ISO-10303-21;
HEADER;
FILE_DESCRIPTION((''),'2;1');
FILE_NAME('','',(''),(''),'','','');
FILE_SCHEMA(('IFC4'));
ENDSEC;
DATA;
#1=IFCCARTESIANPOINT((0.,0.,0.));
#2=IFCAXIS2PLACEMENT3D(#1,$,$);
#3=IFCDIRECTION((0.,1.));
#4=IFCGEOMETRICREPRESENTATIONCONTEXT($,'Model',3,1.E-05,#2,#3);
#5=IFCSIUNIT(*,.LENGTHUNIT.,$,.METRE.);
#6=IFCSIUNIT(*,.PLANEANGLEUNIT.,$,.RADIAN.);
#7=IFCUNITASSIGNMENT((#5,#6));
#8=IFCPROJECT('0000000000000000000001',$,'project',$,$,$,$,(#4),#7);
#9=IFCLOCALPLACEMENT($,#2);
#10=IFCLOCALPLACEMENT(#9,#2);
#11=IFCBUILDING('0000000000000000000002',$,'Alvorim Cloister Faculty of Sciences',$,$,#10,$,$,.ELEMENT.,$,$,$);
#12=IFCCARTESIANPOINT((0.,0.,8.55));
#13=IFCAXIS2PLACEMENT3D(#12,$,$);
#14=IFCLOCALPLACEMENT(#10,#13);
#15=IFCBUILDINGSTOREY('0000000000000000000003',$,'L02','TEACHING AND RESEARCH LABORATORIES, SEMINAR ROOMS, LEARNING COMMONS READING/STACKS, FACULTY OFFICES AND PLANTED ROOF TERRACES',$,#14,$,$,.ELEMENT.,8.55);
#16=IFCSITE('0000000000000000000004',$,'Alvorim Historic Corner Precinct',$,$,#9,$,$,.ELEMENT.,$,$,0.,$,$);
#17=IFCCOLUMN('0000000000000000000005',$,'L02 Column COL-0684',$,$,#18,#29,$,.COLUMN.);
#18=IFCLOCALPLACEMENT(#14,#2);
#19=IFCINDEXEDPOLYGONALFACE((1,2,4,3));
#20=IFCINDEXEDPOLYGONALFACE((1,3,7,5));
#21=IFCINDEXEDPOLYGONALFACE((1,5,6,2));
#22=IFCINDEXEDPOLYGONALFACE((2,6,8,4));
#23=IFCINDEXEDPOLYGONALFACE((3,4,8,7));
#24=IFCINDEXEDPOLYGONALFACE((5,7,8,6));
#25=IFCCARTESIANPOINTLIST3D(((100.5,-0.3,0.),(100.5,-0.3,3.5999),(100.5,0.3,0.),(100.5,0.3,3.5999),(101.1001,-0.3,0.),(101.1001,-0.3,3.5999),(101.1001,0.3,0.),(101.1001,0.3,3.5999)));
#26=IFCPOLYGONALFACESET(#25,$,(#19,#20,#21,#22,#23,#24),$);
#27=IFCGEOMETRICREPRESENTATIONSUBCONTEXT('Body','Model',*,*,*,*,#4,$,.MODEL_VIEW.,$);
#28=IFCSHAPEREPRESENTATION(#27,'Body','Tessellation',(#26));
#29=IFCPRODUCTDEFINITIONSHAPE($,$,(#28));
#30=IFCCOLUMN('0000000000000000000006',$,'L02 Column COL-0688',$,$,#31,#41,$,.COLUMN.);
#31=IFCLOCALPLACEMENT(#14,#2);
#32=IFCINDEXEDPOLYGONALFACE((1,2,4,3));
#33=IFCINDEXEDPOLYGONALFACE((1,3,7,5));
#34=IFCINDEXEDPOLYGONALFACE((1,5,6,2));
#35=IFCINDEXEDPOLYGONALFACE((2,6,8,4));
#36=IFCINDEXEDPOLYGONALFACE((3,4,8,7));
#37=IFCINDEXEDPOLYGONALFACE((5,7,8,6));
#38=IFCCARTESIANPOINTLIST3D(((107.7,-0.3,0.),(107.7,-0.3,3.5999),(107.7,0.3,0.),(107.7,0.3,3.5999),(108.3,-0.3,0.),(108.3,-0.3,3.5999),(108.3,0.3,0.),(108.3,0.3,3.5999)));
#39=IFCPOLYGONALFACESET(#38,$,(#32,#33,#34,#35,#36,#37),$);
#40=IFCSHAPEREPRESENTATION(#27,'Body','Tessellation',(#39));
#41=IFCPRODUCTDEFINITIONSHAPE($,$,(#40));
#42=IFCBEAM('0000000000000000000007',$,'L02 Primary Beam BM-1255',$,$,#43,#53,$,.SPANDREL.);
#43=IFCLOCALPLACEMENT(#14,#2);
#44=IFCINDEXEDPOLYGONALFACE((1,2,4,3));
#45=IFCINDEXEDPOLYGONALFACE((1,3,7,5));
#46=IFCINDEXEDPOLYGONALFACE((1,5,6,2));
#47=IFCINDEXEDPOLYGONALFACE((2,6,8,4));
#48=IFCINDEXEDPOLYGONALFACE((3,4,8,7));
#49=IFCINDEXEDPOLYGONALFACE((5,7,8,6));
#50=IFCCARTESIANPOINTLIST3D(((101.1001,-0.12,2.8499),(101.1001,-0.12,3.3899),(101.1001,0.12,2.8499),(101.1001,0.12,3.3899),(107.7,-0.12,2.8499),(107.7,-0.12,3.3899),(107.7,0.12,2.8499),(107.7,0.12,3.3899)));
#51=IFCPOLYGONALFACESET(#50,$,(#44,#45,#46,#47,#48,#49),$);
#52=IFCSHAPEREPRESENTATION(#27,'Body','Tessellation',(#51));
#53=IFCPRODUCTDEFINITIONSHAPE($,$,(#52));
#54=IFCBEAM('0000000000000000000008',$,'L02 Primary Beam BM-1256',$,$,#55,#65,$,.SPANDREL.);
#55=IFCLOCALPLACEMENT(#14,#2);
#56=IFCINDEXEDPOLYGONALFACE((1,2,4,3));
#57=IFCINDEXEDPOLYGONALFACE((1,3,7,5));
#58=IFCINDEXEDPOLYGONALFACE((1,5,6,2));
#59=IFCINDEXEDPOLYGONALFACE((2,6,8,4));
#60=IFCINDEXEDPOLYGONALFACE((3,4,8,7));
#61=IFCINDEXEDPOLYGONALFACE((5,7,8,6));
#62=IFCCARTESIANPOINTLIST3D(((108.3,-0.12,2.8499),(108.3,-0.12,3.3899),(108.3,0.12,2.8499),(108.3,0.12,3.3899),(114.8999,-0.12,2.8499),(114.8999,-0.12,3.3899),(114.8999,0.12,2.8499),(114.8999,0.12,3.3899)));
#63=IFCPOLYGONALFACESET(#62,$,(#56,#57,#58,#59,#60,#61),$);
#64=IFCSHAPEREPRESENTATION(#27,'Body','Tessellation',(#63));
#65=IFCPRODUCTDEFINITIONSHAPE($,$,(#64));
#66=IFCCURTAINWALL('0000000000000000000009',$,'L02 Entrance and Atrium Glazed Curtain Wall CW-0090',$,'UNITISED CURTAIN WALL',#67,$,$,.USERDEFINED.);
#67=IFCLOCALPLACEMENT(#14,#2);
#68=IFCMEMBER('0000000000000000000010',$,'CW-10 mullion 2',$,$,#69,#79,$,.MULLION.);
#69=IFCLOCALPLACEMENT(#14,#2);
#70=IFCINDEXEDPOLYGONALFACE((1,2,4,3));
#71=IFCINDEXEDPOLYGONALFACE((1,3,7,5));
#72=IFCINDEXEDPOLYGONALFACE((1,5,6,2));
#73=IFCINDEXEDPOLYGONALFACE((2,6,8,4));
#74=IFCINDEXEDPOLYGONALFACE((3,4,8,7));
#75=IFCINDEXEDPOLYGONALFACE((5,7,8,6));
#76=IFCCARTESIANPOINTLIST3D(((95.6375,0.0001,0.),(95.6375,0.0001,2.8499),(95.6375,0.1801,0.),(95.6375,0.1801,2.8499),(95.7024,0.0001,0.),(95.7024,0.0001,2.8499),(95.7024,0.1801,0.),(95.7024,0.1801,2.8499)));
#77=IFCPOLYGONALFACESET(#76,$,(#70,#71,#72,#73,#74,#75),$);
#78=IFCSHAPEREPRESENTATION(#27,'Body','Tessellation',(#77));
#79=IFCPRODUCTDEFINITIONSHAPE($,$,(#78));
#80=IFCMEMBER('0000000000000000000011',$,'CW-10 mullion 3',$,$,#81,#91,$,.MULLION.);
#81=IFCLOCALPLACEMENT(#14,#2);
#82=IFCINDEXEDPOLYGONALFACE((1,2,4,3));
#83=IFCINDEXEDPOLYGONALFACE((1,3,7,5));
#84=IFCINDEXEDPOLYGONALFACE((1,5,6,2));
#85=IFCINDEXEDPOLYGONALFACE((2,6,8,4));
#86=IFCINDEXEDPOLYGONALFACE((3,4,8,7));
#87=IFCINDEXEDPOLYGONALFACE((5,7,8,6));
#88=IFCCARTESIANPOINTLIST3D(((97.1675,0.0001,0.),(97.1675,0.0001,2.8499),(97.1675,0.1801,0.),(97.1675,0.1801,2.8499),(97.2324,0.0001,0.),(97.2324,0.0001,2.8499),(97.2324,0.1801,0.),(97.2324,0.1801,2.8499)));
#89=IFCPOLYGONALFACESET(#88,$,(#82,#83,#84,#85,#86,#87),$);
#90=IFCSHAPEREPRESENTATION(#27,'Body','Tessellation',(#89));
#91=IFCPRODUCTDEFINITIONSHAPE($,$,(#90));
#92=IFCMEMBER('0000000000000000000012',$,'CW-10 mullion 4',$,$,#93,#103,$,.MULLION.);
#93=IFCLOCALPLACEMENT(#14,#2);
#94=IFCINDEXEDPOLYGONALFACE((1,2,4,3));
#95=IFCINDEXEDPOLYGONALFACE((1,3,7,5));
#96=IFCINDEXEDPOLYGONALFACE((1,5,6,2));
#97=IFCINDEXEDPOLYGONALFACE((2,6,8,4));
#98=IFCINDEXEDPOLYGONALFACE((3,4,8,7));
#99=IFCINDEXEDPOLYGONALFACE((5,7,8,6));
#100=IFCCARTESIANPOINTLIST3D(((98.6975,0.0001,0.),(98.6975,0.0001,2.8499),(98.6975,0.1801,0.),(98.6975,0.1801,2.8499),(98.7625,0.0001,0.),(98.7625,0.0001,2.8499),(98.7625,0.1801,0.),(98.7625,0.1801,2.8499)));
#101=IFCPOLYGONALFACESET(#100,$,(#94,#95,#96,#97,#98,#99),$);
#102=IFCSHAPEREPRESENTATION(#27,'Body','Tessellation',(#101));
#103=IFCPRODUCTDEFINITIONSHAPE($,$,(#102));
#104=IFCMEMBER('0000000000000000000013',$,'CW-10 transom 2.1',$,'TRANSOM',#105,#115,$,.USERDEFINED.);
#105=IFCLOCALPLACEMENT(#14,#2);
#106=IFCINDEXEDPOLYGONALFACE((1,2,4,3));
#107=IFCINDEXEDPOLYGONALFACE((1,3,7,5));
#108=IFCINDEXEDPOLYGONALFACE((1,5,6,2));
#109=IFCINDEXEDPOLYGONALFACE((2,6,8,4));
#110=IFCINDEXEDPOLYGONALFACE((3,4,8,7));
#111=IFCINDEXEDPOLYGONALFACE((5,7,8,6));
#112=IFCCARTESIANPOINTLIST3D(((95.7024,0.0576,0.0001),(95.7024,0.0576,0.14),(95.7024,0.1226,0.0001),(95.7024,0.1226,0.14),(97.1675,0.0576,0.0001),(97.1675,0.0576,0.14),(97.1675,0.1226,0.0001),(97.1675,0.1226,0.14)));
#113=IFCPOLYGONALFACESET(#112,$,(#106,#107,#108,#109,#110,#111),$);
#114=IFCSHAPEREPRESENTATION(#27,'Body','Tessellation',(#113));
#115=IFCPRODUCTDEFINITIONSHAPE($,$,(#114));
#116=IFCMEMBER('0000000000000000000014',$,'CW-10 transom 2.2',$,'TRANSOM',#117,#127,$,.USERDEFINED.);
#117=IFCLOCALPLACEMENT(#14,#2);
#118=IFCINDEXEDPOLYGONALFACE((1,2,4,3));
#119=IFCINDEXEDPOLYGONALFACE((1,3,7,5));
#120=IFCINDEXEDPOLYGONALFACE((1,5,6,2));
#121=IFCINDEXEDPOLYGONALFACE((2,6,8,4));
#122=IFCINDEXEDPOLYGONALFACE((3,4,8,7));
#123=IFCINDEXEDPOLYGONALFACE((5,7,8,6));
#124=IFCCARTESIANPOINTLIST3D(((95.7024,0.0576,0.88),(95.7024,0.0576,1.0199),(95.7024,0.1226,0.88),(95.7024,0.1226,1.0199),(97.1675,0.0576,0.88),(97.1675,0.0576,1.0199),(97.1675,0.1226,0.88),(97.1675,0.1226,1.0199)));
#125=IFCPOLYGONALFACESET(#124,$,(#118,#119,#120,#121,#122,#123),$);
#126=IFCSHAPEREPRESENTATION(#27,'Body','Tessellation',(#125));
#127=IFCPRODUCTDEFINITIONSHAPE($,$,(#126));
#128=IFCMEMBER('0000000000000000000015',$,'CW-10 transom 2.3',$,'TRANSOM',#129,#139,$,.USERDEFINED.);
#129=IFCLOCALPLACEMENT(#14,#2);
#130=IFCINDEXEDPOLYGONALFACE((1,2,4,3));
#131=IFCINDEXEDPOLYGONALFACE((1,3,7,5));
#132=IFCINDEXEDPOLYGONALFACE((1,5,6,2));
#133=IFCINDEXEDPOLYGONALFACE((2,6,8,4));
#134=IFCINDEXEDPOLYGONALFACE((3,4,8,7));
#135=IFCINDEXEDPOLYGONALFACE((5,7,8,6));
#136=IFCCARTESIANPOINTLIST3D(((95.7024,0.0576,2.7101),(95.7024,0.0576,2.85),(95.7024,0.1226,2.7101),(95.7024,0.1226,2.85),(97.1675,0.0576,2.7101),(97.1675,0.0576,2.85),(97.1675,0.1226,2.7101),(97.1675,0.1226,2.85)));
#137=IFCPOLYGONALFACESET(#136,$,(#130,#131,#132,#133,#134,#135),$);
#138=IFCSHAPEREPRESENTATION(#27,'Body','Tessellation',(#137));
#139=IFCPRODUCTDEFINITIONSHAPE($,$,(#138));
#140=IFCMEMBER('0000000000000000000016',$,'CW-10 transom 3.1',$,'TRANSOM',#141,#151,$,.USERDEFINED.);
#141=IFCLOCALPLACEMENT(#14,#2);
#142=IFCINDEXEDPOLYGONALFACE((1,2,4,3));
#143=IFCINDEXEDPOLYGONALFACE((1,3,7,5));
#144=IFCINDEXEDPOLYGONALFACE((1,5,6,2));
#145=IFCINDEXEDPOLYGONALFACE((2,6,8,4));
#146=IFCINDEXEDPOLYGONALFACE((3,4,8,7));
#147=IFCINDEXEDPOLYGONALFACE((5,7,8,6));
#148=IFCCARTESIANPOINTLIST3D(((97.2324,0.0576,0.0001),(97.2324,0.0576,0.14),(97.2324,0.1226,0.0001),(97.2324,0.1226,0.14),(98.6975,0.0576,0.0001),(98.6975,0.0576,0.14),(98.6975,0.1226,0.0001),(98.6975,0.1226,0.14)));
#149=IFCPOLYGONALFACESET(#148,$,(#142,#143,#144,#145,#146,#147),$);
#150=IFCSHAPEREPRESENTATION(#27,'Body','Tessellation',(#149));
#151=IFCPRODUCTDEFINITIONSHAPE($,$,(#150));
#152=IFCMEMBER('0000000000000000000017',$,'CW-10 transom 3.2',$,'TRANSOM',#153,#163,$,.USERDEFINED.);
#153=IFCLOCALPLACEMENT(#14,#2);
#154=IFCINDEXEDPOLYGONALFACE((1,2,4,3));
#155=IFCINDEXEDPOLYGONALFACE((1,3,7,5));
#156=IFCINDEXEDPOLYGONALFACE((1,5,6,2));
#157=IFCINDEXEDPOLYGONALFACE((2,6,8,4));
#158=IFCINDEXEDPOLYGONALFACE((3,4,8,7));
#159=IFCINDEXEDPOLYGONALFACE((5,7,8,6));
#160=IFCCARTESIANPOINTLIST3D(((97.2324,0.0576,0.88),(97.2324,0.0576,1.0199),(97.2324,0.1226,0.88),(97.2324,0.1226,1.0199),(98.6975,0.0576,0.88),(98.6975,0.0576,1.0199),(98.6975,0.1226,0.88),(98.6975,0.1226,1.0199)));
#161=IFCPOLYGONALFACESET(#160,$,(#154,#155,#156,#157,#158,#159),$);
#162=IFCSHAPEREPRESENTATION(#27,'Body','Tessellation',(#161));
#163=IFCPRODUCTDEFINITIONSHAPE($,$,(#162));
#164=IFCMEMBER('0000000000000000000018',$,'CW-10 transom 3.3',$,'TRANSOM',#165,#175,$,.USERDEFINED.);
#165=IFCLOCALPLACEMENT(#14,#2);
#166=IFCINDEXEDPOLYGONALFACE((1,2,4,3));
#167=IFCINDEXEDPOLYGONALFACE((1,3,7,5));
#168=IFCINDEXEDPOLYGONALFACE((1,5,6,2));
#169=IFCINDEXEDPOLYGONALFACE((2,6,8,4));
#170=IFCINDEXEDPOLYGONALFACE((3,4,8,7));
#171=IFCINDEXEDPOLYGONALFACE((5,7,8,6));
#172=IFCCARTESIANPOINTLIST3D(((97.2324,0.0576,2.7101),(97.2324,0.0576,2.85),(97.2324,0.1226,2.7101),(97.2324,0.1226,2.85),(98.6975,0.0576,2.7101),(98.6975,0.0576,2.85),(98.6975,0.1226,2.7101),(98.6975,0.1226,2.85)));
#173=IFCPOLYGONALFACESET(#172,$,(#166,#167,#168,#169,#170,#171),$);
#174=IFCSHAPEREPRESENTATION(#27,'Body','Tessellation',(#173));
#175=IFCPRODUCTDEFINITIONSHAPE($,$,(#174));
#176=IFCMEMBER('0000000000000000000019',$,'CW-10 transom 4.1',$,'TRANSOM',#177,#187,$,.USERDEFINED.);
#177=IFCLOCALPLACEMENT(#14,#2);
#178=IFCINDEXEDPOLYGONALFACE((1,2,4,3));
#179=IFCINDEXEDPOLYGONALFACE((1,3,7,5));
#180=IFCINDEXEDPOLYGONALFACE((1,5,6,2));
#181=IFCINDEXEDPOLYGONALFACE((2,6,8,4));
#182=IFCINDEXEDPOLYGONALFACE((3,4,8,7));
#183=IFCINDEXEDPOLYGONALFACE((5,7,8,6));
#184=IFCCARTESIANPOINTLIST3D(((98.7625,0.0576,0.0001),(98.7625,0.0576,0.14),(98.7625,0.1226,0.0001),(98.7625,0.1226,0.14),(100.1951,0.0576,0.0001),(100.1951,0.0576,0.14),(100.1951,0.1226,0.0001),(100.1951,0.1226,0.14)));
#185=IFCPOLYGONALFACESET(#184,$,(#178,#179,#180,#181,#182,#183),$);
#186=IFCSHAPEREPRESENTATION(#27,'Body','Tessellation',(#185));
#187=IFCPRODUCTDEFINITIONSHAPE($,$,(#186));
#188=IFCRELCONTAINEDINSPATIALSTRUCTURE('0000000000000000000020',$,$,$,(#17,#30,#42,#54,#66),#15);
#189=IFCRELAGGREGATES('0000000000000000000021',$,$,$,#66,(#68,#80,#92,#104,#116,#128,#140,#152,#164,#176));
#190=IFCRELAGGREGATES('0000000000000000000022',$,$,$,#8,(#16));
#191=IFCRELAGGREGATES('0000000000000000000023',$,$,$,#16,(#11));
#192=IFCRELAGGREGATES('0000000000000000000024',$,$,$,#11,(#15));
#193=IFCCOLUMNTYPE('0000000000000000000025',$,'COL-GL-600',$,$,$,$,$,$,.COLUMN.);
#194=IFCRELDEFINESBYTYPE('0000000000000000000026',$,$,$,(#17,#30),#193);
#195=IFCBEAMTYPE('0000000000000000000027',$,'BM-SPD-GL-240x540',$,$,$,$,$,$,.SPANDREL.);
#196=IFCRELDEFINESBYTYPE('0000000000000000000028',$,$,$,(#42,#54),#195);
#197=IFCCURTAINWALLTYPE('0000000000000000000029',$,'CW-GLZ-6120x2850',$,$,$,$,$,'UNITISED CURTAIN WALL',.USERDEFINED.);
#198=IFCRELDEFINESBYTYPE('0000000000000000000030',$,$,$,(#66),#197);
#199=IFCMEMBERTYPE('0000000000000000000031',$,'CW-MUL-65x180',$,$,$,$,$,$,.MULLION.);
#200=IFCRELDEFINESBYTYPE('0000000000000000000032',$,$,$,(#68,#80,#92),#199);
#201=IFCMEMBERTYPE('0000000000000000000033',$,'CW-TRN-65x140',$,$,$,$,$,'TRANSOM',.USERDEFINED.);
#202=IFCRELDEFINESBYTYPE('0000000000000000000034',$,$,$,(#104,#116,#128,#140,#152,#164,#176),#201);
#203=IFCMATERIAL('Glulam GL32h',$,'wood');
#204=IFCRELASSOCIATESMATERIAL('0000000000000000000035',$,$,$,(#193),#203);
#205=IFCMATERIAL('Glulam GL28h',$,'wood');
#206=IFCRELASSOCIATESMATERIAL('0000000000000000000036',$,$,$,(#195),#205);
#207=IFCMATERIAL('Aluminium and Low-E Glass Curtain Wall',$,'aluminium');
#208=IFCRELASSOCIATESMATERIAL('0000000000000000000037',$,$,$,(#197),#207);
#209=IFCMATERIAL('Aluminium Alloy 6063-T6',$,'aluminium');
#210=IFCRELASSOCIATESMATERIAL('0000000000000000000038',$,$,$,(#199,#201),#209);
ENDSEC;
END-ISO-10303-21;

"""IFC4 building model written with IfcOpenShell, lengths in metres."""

from ifc_helpers import new_model, si_unit, direction, frame, origin, origin_2d, place, context, subcontext, project, spatial, rectangle, extrude, material, material_profile, profile_set, type_object, element, aggregate, save


model = new_model("IFC4")

# Units and contexts
model_context = context("Model", 3, precision=1e-05, world=origin(), true_north=direction((0.0, 1.0)))
body_context = subcontext(model_context, "Body", "Model", "MODEL_VIEW")
ifc_project = project(units=[si_unit("LENGTHUNIT", "METRE"), si_unit("PLANEANGLEUNIT", "RADIAN")], contexts=[model_context])

# Site, building, storey
site_placement = place(None, origin())
site = spatial("IfcSite", under=ifc_project, at=site_placement, Name="Alvorim Historic Corner Precinct", CompositionType="ELEMENT", RefElevation=0.0)
building_placement = place(site_placement, origin())
building = spatial("IfcBuilding", under=site, at=building_placement, Name="Alvorim Cloister Faculty of Sciences", CompositionType="ELEMENT")
storey_placement = place(building_placement, frame((0.0, 0.0, 8.55)))
storey = spatial("IfcBuildingStorey", under=building, at=storey_placement, Name="L02", Description="TEACHING AND RESEARCH LABORATORIES, SEMINAR ROOMS, LEARNING COMMONS READING/STACKS, FACULTY OFFICES AND PLANTED ROOF TERRACES", CompositionType="ELEMENT", Elevation=8.55)

# Columns
ifc_material_1 = material(Name="Glulam GL32h", Category="wood")
ifc_material_profile_1 = material_profile(ifc_material_1, rectangle(XDim=0.6001, YDim=0.6001, at=origin_2d()), Name="GL32-COL-600x600")
ifc_profile_set_1 = profile_set([ifc_material_profile_1], Name="Glulam GL32h")
column_type = type_object("IfcColumnType", Name="COL-GL-600", PredefinedType="COLUMN", material=ifc_profile_set_1)
for number, where, z_axis, x_axis, name in (
    (1, (100.8, 0.0, 0.0), (0.0, 0.0, 1.0), (1.0, 0.0, 0.0), "L02 Column COL-0684"),
    (2, (108.0, 0.0, 0.0), (0.0, 0.0, 1.0), (1.0, 0.0, 0.0), "L02 Column COL-0688"),
):
    element("IfcColumn", number, at=place(storey_placement, frame(where, z_axis=z_axis, x_axis=x_axis)), inside=storey, type_object=column_type, Name=name, PredefinedType="COLUMN", context=body_context, shape_type="SweptSolid", body=[
        extrude(rectangle(XDim=0.6001, YDim=0.6001, at=origin_2d()), origin(), (0.0, 0.0, 1.0), 3.5999),
    ])

# Beams
ifc_material_2 = material(Name="Glulam GL28h", Category="wood")
ifc_material_profile_2 = material_profile(ifc_material_2, rectangle(XDim=0.24, YDim=0.54, at=origin_2d()), Name="GL28-SPD-240x540")
ifc_profile_set_2 = profile_set([ifc_material_profile_2], Name="Glulam GL28h")
beam_type = type_object("IfcBeamType", Name="BM-SPD-GL-240x540", PredefinedType="SPANDREL", material=ifc_profile_set_2)
for number, where, z_axis, x_axis, name in (
    (3, (101.1001, 0.0, 3.1199), (1.0, 0.0, 0.0), (0.0, 1.0, 0.0), "L02 Primary Beam BM-1255"),
    (4, (108.3, 0.0, 3.1199), (1.0, 0.0, 0.0), (0.0, 1.0, 0.0), "L02 Primary Beam BM-1256"),
):
    element("IfcBeam", number, at=place(storey_placement, frame(where, z_axis=z_axis, x_axis=x_axis)), inside=storey, type_object=beam_type, Name=name, PredefinedType="SPANDREL", context=body_context, shape_type="SweptSolid", body=[
        extrude(rectangle(XDim=0.24, YDim=0.54, at=origin_2d()), origin(), (0.0, 0.0, 1.0), 6.5999),
    ])

# Curtain wall, members
ifc_material_3 = material(Name="Aluminium and Low-E Glass Curtain Wall", Category="aluminium")
curtain_wall_type = type_object("IfcCurtainWallType", Name="CW-GLZ-6120x2850", ElementType="UNITISED CURTAIN WALL", PredefinedType="USERDEFINED", material=ifc_material_3)
curtain_wall_placement = place(storey_placement, origin())
curtain_wall = element("IfcCurtainWall", 5, at=curtain_wall_placement, inside=storey, type_object=curtain_wall_type, Name="L02 Entrance and Atrium Glazed Curtain Wall CW-0090", ObjectType="UNITISED CURTAIN WALL", PredefinedType="USERDEFINED")
ifc_material_4 = material(Name="Aluminium Alloy 6063-T6", Category="aluminium")
ifc_material_profile_3 = material_profile(ifc_material_4, rectangle(XDim=0.0649, YDim=0.1799, at=origin_2d()), Name="ALU-MUL-65x180")
ifc_profile_set_3 = profile_set([ifc_material_profile_3], Name="Aluminium Alloy 6063-T6")
member_type_1 = type_object("IfcMemberType", Name="CW-MUL-65x180", PredefinedType="MULLION", material=ifc_profile_set_3)
member_1_placement = place(storey_placement, frame((95.6699, 0.0901, 0.0), z_axis=(0.0, 0.0, 1.0), x_axis=(1.0, 0.0, 0.0)))
member_1 = element("IfcMember", 6, at=member_1_placement, type_object=member_type_1, Name="CW-10 mullion 2", PredefinedType="MULLION", context=body_context, shape_type="SweptSolid", body=[
    extrude(rectangle(XDim=0.0649, YDim=0.1799, at=origin_2d()), origin(), (0.0, 0.0, 1.0), 2.8499),
])
member_2_placement = place(storey_placement, frame((97.2, 0.0901, 0.0), z_axis=(0.0, 0.0, 1.0), x_axis=(1.0, 0.0, 0.0)))
member_2 = element("IfcMember", 7, at=member_2_placement, type_object=member_type_1, Name="CW-10 mullion 3", PredefinedType="MULLION", context=body_context, shape_type="SweptSolid", body=[
    extrude(rectangle(XDim=0.0649, YDim=0.1799, at=origin_2d()), origin(), (0.0, 0.0, 1.0), 2.8499),
])
member_3_placement = place(storey_placement, frame((98.73, 0.0901, 0.0), z_axis=(0.0, 0.0, 1.0), x_axis=(1.0, 0.0, 0.0)))
member_3 = element("IfcMember", 8, at=member_3_placement, type_object=member_type_1, Name="CW-10 mullion 4", PredefinedType="MULLION", context=body_context, shape_type="SweptSolid", body=[
    extrude(rectangle(XDim=0.0649, YDim=0.1799, at=origin_2d()), origin(), (0.0, 0.0, 1.0), 2.8499),
])
ifc_material_profile_4 = material_profile(ifc_material_4, rectangle(XDim=0.0649, YDim=0.1399, at=origin_2d()), Name="ALU-TRN-65x140")
ifc_profile_set_4 = profile_set([ifc_material_profile_4], Name="Aluminium Alloy 6063-T6")
member_type_2 = type_object("IfcMemberType", Name="CW-TRN-65x140", ElementType="TRANSOM", PredefinedType="USERDEFINED", material=ifc_profile_set_4)
member_4_placement = place(storey_placement, frame((95.7024, 0.0901, 0.0701), z_axis=(1.0, 0.0, 0.0), x_axis=(0.0, 1.0, 0.0)))
member_4 = element("IfcMember", 9, at=member_4_placement, type_object=member_type_2, Name="CW-10 transom 2.1", ObjectType="TRANSOM", PredefinedType="USERDEFINED", context=body_context, shape_type="SweptSolid", body=[
    extrude(rectangle(XDim=0.0649, YDim=0.1399, at=origin_2d()), origin(), (0.0, 0.0, 1.0), 1.4651),
])
member_5_placement = place(storey_placement, frame((95.7024, 0.0901, 0.95), z_axis=(1.0, 0.0, 0.0), x_axis=(0.0, 1.0, 0.0)))
member_5 = element("IfcMember", 10, at=member_5_placement, type_object=member_type_2, Name="CW-10 transom 2.2", ObjectType="TRANSOM", PredefinedType="USERDEFINED", context=body_context, shape_type="SweptSolid", body=[
    extrude(rectangle(XDim=0.0649, YDim=0.1399, at=origin_2d()), origin(), (0.0, 0.0, 1.0), 1.4651),
])
member_6_placement = place(storey_placement, frame((95.7024, 0.0901, 2.78), z_axis=(1.0, 0.0, 0.0), x_axis=(0.0, 1.0, 0.0)))
member_6 = element("IfcMember", 11, at=member_6_placement, type_object=member_type_2, Name="CW-10 transom 2.3", ObjectType="TRANSOM", PredefinedType="USERDEFINED", context=body_context, shape_type="SweptSolid", body=[
    extrude(rectangle(XDim=0.0649, YDim=0.1399, at=origin_2d()), origin(), (0.0, 0.0, 1.0), 1.4651),
])
member_7_placement = place(storey_placement, frame((97.2324, 0.0901, 0.0701), z_axis=(1.0, 0.0, 0.0), x_axis=(0.0, 1.0, 0.0)))
member_7 = element("IfcMember", 12, at=member_7_placement, type_object=member_type_2, Name="CW-10 transom 3.1", ObjectType="TRANSOM", PredefinedType="USERDEFINED", context=body_context, shape_type="SweptSolid", body=[
    extrude(rectangle(XDim=0.0649, YDim=0.1399, at=origin_2d()), origin(), (0.0, 0.0, 1.0), 1.4651),
])
member_8_placement = place(storey_placement, frame((97.2324, 0.0901, 0.95), z_axis=(1.0, 0.0, 0.0), x_axis=(0.0, 1.0, 0.0)))
member_8 = element("IfcMember", 13, at=member_8_placement, type_object=member_type_2, Name="CW-10 transom 3.2", ObjectType="TRANSOM", PredefinedType="USERDEFINED", context=body_context, shape_type="SweptSolid", body=[
    extrude(rectangle(XDim=0.0649, YDim=0.1399, at=origin_2d()), origin(), (0.0, 0.0, 1.0), 1.4651),
])
member_9_placement = place(storey_placement, frame((97.2324, 0.0901, 2.78), z_axis=(1.0, 0.0, 0.0), x_axis=(0.0, 1.0, 0.0)))
member_9 = element("IfcMember", 14, at=member_9_placement, type_object=member_type_2, Name="CW-10 transom 3.3", ObjectType="TRANSOM", PredefinedType="USERDEFINED", context=body_context, shape_type="SweptSolid", body=[
    extrude(rectangle(XDim=0.0649, YDim=0.1399, at=origin_2d()), origin(), (0.0, 0.0, 1.0), 1.4651),
])
member_10_placement = place(storey_placement, frame((98.7625, 0.0901, 0.0701), z_axis=(1.0, 0.0, 0.0), x_axis=(0.0, 1.0, 0.0)))
member_10 = element("IfcMember", 15, at=member_10_placement, type_object=member_type_2, Name="CW-10 transom 4.1", ObjectType="TRANSOM", PredefinedType="USERDEFINED", context=body_context, shape_type="SweptSolid", body=[
    extrude(rectangle(XDim=0.0649, YDim=0.1399, at=origin_2d()), origin(), (0.0, 0.0, 1.0), 1.4326),
])
aggregate(curtain_wall, [member_1, member_2, member_3, member_4, member_5, member_6, member_7, member_8, member_9, member_10])

save(model, "model.ifc")
